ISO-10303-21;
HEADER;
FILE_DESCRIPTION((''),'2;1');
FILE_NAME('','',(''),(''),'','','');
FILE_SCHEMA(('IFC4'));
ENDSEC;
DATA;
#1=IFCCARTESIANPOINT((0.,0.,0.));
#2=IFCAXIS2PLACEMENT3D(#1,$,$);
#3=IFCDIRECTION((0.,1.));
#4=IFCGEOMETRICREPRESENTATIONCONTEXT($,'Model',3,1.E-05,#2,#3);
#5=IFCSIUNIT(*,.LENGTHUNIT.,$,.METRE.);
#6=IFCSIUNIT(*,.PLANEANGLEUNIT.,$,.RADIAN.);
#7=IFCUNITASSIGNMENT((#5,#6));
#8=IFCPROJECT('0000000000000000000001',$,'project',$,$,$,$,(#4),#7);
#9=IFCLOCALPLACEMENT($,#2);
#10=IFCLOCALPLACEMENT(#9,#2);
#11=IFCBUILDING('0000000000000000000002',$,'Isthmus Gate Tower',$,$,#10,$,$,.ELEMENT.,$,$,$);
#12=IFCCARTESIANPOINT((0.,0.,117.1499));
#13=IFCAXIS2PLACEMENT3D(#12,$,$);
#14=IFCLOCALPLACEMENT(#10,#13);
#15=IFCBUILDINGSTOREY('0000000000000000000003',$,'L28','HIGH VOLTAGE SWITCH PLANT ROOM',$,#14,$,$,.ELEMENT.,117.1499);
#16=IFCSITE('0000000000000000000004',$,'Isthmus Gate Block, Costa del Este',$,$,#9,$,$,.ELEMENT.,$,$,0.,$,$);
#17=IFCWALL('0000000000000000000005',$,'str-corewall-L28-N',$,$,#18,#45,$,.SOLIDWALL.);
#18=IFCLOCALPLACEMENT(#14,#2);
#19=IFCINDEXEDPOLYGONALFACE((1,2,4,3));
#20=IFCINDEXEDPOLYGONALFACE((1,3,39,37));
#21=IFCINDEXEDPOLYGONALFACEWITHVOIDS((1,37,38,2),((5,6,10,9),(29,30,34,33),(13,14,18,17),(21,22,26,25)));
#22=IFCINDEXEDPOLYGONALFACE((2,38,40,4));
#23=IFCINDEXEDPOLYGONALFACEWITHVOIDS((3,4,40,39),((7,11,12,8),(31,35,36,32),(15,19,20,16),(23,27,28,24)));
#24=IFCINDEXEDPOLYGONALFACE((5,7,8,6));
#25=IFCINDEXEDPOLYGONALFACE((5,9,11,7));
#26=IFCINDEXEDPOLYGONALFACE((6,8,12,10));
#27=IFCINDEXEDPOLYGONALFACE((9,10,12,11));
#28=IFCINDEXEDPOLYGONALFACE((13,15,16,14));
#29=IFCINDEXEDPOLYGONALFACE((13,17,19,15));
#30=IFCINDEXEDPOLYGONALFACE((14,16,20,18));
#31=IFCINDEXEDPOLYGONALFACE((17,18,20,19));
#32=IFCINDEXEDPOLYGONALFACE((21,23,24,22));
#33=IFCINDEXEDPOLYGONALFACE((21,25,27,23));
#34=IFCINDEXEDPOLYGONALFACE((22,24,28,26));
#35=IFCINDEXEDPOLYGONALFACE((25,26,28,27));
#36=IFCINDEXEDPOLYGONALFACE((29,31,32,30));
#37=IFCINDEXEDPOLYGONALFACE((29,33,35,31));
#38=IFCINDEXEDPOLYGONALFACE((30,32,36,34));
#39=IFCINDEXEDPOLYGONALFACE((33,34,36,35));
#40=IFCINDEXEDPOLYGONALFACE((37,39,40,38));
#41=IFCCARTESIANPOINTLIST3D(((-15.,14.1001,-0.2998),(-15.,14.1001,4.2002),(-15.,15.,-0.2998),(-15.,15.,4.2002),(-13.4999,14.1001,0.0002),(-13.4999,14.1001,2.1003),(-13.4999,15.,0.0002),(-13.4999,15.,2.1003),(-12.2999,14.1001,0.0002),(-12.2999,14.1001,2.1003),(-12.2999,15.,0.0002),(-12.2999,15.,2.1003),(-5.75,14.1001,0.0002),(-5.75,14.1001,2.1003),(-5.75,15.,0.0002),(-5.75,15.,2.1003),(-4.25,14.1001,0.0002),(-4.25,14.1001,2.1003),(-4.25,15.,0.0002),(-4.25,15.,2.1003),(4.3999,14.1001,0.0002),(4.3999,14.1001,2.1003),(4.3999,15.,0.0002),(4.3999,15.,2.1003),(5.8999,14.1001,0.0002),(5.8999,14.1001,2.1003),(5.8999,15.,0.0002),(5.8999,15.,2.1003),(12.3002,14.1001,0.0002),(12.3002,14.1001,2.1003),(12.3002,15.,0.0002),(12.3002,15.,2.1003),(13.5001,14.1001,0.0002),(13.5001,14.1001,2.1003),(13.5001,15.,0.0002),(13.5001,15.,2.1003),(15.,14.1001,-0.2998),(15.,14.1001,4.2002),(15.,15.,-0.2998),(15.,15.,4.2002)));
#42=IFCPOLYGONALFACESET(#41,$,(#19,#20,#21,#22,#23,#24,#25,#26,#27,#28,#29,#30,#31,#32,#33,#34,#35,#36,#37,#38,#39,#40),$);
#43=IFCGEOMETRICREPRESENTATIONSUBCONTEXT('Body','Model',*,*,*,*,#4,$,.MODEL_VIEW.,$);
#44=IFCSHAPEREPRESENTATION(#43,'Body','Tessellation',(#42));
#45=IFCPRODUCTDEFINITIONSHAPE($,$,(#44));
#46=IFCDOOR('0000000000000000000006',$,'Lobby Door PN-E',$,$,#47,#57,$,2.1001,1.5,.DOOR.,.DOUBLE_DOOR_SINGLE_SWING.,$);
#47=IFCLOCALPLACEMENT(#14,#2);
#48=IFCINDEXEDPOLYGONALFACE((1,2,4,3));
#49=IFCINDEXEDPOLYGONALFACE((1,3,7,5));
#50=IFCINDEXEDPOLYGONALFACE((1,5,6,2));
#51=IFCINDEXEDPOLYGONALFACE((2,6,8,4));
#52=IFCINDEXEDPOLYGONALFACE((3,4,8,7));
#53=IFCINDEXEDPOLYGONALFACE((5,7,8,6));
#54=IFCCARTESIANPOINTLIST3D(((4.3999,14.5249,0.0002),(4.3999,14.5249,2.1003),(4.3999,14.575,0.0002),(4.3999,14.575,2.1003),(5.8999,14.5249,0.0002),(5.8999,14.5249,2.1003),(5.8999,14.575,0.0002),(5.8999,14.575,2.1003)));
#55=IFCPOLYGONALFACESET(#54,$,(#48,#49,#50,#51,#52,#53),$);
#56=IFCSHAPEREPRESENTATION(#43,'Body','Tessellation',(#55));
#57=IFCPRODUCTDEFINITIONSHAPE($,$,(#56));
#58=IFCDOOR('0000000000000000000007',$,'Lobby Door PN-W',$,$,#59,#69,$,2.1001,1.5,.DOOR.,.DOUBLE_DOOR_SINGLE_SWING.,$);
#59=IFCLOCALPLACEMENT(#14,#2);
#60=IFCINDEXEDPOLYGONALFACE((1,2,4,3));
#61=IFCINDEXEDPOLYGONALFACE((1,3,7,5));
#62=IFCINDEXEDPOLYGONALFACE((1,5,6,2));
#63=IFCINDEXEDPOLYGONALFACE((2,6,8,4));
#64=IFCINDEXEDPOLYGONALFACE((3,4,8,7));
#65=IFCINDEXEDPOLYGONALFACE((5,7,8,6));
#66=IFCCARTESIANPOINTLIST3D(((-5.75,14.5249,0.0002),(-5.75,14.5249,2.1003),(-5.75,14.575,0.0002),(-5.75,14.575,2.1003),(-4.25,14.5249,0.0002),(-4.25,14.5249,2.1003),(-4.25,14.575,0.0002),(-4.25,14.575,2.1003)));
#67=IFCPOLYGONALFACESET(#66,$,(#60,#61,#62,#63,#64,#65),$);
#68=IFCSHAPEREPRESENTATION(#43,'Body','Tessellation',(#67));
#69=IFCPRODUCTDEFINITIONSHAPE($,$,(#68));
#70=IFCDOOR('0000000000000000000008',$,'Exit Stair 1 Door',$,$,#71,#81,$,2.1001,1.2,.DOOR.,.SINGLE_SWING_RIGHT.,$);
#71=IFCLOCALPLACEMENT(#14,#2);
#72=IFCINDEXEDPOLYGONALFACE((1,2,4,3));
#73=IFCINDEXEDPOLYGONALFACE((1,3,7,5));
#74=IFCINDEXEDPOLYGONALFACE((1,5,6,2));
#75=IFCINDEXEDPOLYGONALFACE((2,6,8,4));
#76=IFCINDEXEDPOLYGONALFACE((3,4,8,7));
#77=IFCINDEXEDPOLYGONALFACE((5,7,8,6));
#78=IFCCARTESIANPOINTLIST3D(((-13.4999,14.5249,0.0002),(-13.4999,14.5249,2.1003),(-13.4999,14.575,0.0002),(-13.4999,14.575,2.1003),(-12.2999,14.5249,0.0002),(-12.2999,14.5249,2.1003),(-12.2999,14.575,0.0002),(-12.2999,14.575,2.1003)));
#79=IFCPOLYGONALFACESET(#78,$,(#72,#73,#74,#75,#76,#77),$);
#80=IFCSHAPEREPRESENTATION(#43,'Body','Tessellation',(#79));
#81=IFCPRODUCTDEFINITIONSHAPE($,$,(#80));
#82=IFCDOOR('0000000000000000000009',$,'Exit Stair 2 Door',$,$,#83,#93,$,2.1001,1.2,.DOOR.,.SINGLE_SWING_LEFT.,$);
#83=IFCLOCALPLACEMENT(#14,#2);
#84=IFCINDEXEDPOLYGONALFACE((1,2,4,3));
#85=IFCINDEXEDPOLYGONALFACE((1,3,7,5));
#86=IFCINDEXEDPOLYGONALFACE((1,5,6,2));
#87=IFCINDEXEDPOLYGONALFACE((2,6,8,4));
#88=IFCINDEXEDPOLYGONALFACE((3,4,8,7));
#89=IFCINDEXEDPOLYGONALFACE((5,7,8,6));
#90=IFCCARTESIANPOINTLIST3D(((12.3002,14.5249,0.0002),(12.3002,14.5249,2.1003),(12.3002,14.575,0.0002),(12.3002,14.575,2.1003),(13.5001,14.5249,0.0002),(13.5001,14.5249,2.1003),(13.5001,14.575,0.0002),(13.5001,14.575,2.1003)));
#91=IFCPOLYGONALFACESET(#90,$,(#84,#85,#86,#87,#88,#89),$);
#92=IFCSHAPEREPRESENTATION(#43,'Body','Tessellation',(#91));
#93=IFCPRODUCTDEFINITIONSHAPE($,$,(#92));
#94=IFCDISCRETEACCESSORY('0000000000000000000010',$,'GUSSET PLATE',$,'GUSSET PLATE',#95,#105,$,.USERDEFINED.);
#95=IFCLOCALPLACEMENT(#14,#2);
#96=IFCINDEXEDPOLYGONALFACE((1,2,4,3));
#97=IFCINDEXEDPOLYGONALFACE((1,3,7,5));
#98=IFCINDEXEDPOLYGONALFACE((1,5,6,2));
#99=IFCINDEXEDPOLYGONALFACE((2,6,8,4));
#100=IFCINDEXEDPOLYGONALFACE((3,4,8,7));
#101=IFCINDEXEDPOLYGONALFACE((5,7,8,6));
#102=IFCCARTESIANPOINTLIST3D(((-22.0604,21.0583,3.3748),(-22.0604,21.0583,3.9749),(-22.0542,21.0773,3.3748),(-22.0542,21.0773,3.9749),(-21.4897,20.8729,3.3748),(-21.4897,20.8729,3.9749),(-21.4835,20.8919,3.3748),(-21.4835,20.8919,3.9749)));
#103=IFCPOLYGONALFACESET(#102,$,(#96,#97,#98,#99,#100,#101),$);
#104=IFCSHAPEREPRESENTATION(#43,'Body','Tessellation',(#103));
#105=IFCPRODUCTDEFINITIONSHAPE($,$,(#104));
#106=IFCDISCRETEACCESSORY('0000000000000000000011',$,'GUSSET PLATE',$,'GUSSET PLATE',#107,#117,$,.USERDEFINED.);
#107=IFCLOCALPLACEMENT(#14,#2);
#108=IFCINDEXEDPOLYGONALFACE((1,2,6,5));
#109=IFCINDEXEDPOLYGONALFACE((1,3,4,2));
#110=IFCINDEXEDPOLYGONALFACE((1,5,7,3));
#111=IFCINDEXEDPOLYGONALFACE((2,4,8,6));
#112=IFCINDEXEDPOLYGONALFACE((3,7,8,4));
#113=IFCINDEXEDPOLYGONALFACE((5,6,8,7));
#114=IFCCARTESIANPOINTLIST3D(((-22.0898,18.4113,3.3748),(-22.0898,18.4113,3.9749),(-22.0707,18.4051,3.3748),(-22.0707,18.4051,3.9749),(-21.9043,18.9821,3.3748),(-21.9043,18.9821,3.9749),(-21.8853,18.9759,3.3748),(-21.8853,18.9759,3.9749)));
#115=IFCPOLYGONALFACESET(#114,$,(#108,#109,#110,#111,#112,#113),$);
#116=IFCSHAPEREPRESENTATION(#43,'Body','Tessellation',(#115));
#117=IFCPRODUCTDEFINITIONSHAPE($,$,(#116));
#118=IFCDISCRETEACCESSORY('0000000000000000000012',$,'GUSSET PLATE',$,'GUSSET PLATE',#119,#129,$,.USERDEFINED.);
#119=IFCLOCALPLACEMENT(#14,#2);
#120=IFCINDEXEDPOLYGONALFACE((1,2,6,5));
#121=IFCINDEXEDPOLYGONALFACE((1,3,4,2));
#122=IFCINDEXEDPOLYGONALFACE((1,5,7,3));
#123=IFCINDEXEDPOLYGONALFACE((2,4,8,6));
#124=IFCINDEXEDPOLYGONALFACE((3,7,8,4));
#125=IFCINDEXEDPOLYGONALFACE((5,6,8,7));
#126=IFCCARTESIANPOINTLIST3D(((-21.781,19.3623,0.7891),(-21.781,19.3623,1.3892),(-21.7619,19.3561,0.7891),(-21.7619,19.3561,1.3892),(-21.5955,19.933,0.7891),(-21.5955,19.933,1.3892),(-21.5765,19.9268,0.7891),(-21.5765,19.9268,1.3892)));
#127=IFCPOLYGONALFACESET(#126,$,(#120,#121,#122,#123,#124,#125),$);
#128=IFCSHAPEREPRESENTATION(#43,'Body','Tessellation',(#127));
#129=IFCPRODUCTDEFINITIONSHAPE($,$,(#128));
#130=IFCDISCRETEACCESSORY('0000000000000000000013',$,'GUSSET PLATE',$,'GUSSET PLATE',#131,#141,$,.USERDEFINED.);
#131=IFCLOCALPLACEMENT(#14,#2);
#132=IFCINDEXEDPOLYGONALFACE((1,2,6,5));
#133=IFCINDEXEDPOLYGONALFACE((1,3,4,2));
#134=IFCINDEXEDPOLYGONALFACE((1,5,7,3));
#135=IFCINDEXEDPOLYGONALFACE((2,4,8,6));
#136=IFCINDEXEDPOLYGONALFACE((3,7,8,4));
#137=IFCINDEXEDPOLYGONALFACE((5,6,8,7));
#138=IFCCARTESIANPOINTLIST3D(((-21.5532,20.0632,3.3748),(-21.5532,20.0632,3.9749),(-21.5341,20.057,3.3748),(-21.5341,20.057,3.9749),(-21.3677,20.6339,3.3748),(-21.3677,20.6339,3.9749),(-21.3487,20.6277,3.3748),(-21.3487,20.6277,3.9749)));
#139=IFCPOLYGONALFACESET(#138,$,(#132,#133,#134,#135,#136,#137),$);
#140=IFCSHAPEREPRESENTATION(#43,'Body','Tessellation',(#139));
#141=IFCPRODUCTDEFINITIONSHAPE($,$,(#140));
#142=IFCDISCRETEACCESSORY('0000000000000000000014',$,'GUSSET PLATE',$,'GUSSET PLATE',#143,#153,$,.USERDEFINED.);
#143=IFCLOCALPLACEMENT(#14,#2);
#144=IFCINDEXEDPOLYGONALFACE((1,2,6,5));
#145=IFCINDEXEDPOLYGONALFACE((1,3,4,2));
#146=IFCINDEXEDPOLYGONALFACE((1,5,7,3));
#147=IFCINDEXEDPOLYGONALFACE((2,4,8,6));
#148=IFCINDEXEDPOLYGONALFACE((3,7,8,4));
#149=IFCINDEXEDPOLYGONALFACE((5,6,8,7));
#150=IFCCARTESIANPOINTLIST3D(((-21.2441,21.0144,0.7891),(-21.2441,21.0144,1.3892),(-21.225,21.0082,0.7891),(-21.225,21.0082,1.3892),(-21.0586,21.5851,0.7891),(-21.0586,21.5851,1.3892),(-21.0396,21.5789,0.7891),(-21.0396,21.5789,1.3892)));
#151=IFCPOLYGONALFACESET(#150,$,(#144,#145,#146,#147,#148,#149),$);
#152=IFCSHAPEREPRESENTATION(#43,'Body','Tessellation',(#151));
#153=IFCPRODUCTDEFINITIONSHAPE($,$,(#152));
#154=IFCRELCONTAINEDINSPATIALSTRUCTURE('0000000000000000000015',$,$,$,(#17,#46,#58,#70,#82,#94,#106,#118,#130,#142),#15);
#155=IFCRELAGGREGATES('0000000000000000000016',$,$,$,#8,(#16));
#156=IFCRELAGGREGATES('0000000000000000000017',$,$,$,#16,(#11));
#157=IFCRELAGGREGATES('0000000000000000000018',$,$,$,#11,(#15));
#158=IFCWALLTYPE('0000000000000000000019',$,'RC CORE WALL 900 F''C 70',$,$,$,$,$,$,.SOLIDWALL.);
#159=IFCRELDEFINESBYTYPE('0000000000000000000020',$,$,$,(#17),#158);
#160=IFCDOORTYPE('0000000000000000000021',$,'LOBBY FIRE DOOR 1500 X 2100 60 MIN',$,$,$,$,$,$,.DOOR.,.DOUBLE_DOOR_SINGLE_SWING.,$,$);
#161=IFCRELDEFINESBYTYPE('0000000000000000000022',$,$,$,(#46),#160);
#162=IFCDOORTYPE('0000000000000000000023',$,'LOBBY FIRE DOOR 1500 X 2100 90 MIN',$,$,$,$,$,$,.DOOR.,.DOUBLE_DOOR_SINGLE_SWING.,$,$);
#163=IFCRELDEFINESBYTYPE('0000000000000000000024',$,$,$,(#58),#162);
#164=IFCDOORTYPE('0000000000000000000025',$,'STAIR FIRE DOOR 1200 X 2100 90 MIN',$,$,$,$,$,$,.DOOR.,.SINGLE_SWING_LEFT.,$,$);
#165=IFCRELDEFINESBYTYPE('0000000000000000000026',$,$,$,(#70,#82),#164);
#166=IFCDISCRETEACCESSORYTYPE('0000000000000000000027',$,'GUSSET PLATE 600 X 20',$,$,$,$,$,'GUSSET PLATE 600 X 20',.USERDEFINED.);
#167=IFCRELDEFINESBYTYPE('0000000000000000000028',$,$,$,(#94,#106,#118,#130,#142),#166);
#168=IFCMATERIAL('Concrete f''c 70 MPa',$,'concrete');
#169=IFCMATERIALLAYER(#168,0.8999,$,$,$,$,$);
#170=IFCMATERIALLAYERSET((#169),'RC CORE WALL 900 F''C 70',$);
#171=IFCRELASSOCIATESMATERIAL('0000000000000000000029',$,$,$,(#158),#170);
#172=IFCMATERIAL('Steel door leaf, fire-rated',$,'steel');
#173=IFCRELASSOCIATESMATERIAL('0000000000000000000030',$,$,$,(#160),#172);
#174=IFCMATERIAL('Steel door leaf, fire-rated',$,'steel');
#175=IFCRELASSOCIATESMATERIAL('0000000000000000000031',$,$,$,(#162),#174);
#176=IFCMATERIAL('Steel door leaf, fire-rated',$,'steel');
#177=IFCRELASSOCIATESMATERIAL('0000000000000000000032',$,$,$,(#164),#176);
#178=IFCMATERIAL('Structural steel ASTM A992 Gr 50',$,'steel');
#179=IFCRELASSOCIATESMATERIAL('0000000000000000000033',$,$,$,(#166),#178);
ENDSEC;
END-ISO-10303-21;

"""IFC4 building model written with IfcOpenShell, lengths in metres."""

from ifc_helpers import new_model, si_unit, direction, frame, frame_2d, origin, origin_2d, place, context, subcontext, project, spatial, rectangle, extrude, material, layer, layer_set, type_object, element, fill, save


model = new_model("IFC4")

# Units and contexts
model_context = context("Model", 3, precision=1e-05, world=origin(), true_north=direction((0.0, 1.0)))
body_context = subcontext(model_context, "Body", "Model", "MODEL_VIEW")
ifc_project = project(units=[si_unit("LENGTHUNIT", "METRE"), si_unit("PLANEANGLEUNIT", "RADIAN")], contexts=[model_context])

# Site, building, storey
site_placement = place(None, origin())
site = spatial("IfcSite", under=ifc_project, at=site_placement, Name="Isthmus Gate Block, Costa del Este", CompositionType="ELEMENT", RefElevation=0.0)
building_placement = place(site_placement, origin())
building = spatial("IfcBuilding", under=site, at=building_placement, Name="Isthmus Gate Tower", CompositionType="ELEMENT")
storey_placement = place(building_placement, frame((0.0, 0.0, 117.1499)))
storey = spatial("IfcBuildingStorey", under=building, at=storey_placement, Name="L28", Description="HIGH VOLTAGE SWITCH PLANT ROOM", CompositionType="ELEMENT", Elevation=117.1499)

# Wall, openings, doors
ifc_material_1 = material(Name="Concrete f'c 70 MPa", Category="concrete")
ifc_layer_1 = layer(ifc_material_1, 0.8999)
ifc_layer_set_1 = layer_set([ifc_layer_1], Name="RC CORE WALL 900 F'C 70")
wall_type_1 = type_object("IfcWallType", Name="RC CORE WALL 900 F'C 70", PredefinedType="SOLIDWALL", material=ifc_layer_set_1)
wall_1_placement = place(storey_placement, frame((-15.0, 14.55, -0.2998), z_axis=(0.0, 0.0, 1.0), x_axis=(1.0, 0.0, 0.0)))
wall_1 = element("IfcWall", 1, at=wall_1_placement, inside=storey, type_object=wall_type_1, Name="str-corewall-L28-N", PredefinedType="SOLIDWALL", context=body_context, shape_type="SweptSolid", body=[
    extrude(rectangle(XDim=30.0, YDim=0.8999, at=frame_2d((15.0, 0.0))), origin(), (0.0, 0.0, 1.0), 4.5),
])
opening_1_placement = place(wall_1_placement, frame((9.25, 0.0, 0.3)))
opening_1 = element("IfcOpeningElement", 2, at=opening_1_placement, cuts=wall_1, PredefinedType="OPENING", context=body_context, shape_type="SweptSolid", body=[
    extrude(rectangle(XDim=1.5, YDim=2.1001, at=frame_2d((0.75, 1.05))), frame((0.0, 0.46, 0.0), z_axis=(0.0, -1.0, 0.0), x_axis=(1.0, 0.0, 0.0)), (0.0, 0.0, 1.0), 0.9199),
])
opening_2_placement = place(wall_1_placement, frame((19.3999, 0.0, 0.3)))
opening_2 = element("IfcOpeningElement", 3, at=opening_2_placement, cuts=wall_1, PredefinedType="OPENING", context=body_context, shape_type="SweptSolid", body=[
    extrude(rectangle(XDim=1.5, YDim=2.1001, at=frame_2d((0.75, 1.05))), frame((0.0, 0.46, 0.0), z_axis=(0.0, -1.0, 0.0), x_axis=(1.0, 0.0, 0.0)), (0.0, 0.0, 1.0), 0.9199),
])
opening_3_placement = place(wall_1_placement, frame((1.5, 0.0, 0.3)))
opening_3 = element("IfcOpeningElement", 4, at=opening_3_placement, cuts=wall_1, PredefinedType="OPENING", context=body_context, shape_type="SweptSolid", body=[
    extrude(rectangle(XDim=1.2, YDim=2.1001, at=frame_2d((0.6001, 1.05))), frame((0.0, 0.46, 0.0), z_axis=(0.0, -1.0, 0.0), x_axis=(1.0, 0.0, 0.0)), (0.0, 0.0, 1.0), 0.9199),
])
opening_4_placement = place(wall_1_placement, frame((27.3, 0.0, 0.3)))
opening_4 = element("IfcOpeningElement", 5, at=opening_4_placement, cuts=wall_1, PredefinedType="OPENING", context=body_context, shape_type="SweptSolid", body=[
    extrude(rectangle(XDim=1.2, YDim=2.1001, at=frame_2d((0.6001, 1.05))), frame((0.0, 0.46, 0.0), z_axis=(0.0, -1.0, 0.0), x_axis=(1.0, 0.0, 0.0)), (0.0, 0.0, 1.0), 0.9199),
])
ifc_material_2 = material(Name="Steel door leaf, fire-rated", Category="steel")
door_type_1 = type_object("IfcDoorType", Name="LOBBY FIRE DOOR 1500 X 2100 60 MIN", OperationType="DOUBLE_DOOR_SINGLE_SWING", PredefinedType="DOOR", material=ifc_material_2)
door_1_placement = place(opening_2_placement, origin())
door_1 = element("IfcDoor", 6, at=door_1_placement, inside=storey, type_object=door_type_1, Name="Lobby Door PN-E", OperationType="DOUBLE_DOOR_SINGLE_SWING", OverallHeight=2.1001, OverallWidth=1.5, PredefinedType="DOOR", context=body_context, shape_type="SweptSolid", body=[
    extrude(rectangle(XDim=1.5, YDim=2.1001, at=frame_2d((0.75, 1.05))), frame((0.0, 0.0249, 0.0), z_axis=(0.0, -1.0, 0.0), x_axis=(1.0, 0.0, 0.0)), (0.0, 0.0, 1.0), 0.05),
])
fill(opening_2, door_1)
ifc_material_3 = material(Name="Steel door leaf, fire-rated", Category="steel")
door_type_2 = type_object("IfcDoorType", Name="LOBBY FIRE DOOR 1500 X 2100 90 MIN", OperationType="DOUBLE_DOOR_SINGLE_SWING", PredefinedType="DOOR", material=ifc_material_3)
door_2_placement = place(opening_1_placement, origin())
door_2 = element("IfcDoor", 7, at=door_2_placement, inside=storey, type_object=door_type_2, Name="Lobby Door PN-W", OperationType="DOUBLE_DOOR_SINGLE_SWING", OverallHeight=2.1001, OverallWidth=1.5, PredefinedType="DOOR", context=body_context, shape_type="SweptSolid", body=[
    extrude(rectangle(XDim=1.5, YDim=2.1001, at=frame_2d((0.75, 1.05))), frame((0.0, 0.0249, 0.0), z_axis=(0.0, -1.0, 0.0), x_axis=(1.0, 0.0, 0.0)), (0.0, 0.0, 1.0), 0.05),
])
fill(opening_1, door_2)
ifc_material_4 = material(Name="Steel door leaf, fire-rated", Category="steel")
door_type_3 = type_object("IfcDoorType", Name="STAIR FIRE DOOR 1200 X 2100 90 MIN", OperationType="SINGLE_SWING_LEFT", PredefinedType="DOOR", material=ifc_material_4)
door_3_placement = place(opening_3_placement, origin())
door_3 = element("IfcDoor", 8, at=door_3_placement, inside=storey, type_object=door_type_3, Name="Exit Stair 1 Door", OperationType="SINGLE_SWING_RIGHT", OverallHeight=2.1001, OverallWidth=1.2, PredefinedType="DOOR", context=body_context, shape_type="SweptSolid", body=[
    extrude(rectangle(XDim=1.2, YDim=2.1001, at=frame_2d((0.6001, 1.05))), frame((0.0, 0.0249, 0.0), z_axis=(0.0, -1.0, 0.0), x_axis=(1.0, 0.0, 0.0)), (0.0, 0.0, 1.0), 0.05),
])
fill(opening_3, door_3)
door_4_placement = place(opening_4_placement, origin())
door_4 = element("IfcDoor", 9, at=door_4_placement, inside=storey, type_object=door_type_3, Name="Exit Stair 2 Door", OperationType="SINGLE_SWING_LEFT", OverallHeight=2.1001, OverallWidth=1.2, PredefinedType="DOOR", context=body_context, shape_type="SweptSolid", body=[
    extrude(rectangle(XDim=1.2, YDim=2.1001, at=frame_2d((0.6001, 1.05))), frame((0.0, 0.0249, 0.0), z_axis=(0.0, -1.0, 0.0), x_axis=(1.0, 0.0, 0.0)), (0.0, 0.0, 1.0), 0.05),
])
fill(opening_4, door_4)

# Discrete accessories
ifc_material_5 = material(Name="Structural steel ASTM A992 Gr 50", Category="steel")
discrete_accessory_type = type_object("IfcDiscreteAccessoryType", Name="GUSSET PLATE 600 X 20", ElementType="GUSSET PLATE 600 X 20", PredefinedType="USERDEFINED", material=ifc_material_5)
for number, where, z_axis, x_axis, name in (
    (10, (-21.772, 20.9751, 3.3748), (0.0, 0.0, 1.0), (0.951057, -0.309017, 0.0), "GUSSET PLATE"),
    (11, (-21.9875, 18.6936, 3.3748), (0.0, 0.0, 1.0), (0.309017, 0.951057, 0.0), "GUSSET PLATE"),
    (12, (-21.6787, 19.6445, 0.7891), (0.0, 0.0, 1.0), (0.309017, 0.951057, 0.0), "GUSSET PLATE"),
    (13, (-21.4509, 20.3455, 3.3748), (0.0, 0.0, 1.0), (0.309017, 0.951057, 0.0), "GUSSET PLATE"),
    (14, (-21.1418, 21.2966, 0.7891), (0.0, 0.0, 1.0), (0.309017, 0.951057, 0.0), "GUSSET PLATE"),
):
    element("IfcDiscreteAccessory", number, at=place(storey_placement, frame(where, z_axis=z_axis, x_axis=x_axis)), inside=storey, type_object=discrete_accessory_type, Name=name, ObjectType="GUSSET PLATE", PredefinedType="USERDEFINED", context=body_context, shape_type="SweptSolid", body=[
        extrude(rectangle(XDim=0.6001, YDim=0.02, at=origin_2d()), origin(), (0.0, 0.0, 1.0), 0.6001),
    ])

save(model, "model.ifc")
